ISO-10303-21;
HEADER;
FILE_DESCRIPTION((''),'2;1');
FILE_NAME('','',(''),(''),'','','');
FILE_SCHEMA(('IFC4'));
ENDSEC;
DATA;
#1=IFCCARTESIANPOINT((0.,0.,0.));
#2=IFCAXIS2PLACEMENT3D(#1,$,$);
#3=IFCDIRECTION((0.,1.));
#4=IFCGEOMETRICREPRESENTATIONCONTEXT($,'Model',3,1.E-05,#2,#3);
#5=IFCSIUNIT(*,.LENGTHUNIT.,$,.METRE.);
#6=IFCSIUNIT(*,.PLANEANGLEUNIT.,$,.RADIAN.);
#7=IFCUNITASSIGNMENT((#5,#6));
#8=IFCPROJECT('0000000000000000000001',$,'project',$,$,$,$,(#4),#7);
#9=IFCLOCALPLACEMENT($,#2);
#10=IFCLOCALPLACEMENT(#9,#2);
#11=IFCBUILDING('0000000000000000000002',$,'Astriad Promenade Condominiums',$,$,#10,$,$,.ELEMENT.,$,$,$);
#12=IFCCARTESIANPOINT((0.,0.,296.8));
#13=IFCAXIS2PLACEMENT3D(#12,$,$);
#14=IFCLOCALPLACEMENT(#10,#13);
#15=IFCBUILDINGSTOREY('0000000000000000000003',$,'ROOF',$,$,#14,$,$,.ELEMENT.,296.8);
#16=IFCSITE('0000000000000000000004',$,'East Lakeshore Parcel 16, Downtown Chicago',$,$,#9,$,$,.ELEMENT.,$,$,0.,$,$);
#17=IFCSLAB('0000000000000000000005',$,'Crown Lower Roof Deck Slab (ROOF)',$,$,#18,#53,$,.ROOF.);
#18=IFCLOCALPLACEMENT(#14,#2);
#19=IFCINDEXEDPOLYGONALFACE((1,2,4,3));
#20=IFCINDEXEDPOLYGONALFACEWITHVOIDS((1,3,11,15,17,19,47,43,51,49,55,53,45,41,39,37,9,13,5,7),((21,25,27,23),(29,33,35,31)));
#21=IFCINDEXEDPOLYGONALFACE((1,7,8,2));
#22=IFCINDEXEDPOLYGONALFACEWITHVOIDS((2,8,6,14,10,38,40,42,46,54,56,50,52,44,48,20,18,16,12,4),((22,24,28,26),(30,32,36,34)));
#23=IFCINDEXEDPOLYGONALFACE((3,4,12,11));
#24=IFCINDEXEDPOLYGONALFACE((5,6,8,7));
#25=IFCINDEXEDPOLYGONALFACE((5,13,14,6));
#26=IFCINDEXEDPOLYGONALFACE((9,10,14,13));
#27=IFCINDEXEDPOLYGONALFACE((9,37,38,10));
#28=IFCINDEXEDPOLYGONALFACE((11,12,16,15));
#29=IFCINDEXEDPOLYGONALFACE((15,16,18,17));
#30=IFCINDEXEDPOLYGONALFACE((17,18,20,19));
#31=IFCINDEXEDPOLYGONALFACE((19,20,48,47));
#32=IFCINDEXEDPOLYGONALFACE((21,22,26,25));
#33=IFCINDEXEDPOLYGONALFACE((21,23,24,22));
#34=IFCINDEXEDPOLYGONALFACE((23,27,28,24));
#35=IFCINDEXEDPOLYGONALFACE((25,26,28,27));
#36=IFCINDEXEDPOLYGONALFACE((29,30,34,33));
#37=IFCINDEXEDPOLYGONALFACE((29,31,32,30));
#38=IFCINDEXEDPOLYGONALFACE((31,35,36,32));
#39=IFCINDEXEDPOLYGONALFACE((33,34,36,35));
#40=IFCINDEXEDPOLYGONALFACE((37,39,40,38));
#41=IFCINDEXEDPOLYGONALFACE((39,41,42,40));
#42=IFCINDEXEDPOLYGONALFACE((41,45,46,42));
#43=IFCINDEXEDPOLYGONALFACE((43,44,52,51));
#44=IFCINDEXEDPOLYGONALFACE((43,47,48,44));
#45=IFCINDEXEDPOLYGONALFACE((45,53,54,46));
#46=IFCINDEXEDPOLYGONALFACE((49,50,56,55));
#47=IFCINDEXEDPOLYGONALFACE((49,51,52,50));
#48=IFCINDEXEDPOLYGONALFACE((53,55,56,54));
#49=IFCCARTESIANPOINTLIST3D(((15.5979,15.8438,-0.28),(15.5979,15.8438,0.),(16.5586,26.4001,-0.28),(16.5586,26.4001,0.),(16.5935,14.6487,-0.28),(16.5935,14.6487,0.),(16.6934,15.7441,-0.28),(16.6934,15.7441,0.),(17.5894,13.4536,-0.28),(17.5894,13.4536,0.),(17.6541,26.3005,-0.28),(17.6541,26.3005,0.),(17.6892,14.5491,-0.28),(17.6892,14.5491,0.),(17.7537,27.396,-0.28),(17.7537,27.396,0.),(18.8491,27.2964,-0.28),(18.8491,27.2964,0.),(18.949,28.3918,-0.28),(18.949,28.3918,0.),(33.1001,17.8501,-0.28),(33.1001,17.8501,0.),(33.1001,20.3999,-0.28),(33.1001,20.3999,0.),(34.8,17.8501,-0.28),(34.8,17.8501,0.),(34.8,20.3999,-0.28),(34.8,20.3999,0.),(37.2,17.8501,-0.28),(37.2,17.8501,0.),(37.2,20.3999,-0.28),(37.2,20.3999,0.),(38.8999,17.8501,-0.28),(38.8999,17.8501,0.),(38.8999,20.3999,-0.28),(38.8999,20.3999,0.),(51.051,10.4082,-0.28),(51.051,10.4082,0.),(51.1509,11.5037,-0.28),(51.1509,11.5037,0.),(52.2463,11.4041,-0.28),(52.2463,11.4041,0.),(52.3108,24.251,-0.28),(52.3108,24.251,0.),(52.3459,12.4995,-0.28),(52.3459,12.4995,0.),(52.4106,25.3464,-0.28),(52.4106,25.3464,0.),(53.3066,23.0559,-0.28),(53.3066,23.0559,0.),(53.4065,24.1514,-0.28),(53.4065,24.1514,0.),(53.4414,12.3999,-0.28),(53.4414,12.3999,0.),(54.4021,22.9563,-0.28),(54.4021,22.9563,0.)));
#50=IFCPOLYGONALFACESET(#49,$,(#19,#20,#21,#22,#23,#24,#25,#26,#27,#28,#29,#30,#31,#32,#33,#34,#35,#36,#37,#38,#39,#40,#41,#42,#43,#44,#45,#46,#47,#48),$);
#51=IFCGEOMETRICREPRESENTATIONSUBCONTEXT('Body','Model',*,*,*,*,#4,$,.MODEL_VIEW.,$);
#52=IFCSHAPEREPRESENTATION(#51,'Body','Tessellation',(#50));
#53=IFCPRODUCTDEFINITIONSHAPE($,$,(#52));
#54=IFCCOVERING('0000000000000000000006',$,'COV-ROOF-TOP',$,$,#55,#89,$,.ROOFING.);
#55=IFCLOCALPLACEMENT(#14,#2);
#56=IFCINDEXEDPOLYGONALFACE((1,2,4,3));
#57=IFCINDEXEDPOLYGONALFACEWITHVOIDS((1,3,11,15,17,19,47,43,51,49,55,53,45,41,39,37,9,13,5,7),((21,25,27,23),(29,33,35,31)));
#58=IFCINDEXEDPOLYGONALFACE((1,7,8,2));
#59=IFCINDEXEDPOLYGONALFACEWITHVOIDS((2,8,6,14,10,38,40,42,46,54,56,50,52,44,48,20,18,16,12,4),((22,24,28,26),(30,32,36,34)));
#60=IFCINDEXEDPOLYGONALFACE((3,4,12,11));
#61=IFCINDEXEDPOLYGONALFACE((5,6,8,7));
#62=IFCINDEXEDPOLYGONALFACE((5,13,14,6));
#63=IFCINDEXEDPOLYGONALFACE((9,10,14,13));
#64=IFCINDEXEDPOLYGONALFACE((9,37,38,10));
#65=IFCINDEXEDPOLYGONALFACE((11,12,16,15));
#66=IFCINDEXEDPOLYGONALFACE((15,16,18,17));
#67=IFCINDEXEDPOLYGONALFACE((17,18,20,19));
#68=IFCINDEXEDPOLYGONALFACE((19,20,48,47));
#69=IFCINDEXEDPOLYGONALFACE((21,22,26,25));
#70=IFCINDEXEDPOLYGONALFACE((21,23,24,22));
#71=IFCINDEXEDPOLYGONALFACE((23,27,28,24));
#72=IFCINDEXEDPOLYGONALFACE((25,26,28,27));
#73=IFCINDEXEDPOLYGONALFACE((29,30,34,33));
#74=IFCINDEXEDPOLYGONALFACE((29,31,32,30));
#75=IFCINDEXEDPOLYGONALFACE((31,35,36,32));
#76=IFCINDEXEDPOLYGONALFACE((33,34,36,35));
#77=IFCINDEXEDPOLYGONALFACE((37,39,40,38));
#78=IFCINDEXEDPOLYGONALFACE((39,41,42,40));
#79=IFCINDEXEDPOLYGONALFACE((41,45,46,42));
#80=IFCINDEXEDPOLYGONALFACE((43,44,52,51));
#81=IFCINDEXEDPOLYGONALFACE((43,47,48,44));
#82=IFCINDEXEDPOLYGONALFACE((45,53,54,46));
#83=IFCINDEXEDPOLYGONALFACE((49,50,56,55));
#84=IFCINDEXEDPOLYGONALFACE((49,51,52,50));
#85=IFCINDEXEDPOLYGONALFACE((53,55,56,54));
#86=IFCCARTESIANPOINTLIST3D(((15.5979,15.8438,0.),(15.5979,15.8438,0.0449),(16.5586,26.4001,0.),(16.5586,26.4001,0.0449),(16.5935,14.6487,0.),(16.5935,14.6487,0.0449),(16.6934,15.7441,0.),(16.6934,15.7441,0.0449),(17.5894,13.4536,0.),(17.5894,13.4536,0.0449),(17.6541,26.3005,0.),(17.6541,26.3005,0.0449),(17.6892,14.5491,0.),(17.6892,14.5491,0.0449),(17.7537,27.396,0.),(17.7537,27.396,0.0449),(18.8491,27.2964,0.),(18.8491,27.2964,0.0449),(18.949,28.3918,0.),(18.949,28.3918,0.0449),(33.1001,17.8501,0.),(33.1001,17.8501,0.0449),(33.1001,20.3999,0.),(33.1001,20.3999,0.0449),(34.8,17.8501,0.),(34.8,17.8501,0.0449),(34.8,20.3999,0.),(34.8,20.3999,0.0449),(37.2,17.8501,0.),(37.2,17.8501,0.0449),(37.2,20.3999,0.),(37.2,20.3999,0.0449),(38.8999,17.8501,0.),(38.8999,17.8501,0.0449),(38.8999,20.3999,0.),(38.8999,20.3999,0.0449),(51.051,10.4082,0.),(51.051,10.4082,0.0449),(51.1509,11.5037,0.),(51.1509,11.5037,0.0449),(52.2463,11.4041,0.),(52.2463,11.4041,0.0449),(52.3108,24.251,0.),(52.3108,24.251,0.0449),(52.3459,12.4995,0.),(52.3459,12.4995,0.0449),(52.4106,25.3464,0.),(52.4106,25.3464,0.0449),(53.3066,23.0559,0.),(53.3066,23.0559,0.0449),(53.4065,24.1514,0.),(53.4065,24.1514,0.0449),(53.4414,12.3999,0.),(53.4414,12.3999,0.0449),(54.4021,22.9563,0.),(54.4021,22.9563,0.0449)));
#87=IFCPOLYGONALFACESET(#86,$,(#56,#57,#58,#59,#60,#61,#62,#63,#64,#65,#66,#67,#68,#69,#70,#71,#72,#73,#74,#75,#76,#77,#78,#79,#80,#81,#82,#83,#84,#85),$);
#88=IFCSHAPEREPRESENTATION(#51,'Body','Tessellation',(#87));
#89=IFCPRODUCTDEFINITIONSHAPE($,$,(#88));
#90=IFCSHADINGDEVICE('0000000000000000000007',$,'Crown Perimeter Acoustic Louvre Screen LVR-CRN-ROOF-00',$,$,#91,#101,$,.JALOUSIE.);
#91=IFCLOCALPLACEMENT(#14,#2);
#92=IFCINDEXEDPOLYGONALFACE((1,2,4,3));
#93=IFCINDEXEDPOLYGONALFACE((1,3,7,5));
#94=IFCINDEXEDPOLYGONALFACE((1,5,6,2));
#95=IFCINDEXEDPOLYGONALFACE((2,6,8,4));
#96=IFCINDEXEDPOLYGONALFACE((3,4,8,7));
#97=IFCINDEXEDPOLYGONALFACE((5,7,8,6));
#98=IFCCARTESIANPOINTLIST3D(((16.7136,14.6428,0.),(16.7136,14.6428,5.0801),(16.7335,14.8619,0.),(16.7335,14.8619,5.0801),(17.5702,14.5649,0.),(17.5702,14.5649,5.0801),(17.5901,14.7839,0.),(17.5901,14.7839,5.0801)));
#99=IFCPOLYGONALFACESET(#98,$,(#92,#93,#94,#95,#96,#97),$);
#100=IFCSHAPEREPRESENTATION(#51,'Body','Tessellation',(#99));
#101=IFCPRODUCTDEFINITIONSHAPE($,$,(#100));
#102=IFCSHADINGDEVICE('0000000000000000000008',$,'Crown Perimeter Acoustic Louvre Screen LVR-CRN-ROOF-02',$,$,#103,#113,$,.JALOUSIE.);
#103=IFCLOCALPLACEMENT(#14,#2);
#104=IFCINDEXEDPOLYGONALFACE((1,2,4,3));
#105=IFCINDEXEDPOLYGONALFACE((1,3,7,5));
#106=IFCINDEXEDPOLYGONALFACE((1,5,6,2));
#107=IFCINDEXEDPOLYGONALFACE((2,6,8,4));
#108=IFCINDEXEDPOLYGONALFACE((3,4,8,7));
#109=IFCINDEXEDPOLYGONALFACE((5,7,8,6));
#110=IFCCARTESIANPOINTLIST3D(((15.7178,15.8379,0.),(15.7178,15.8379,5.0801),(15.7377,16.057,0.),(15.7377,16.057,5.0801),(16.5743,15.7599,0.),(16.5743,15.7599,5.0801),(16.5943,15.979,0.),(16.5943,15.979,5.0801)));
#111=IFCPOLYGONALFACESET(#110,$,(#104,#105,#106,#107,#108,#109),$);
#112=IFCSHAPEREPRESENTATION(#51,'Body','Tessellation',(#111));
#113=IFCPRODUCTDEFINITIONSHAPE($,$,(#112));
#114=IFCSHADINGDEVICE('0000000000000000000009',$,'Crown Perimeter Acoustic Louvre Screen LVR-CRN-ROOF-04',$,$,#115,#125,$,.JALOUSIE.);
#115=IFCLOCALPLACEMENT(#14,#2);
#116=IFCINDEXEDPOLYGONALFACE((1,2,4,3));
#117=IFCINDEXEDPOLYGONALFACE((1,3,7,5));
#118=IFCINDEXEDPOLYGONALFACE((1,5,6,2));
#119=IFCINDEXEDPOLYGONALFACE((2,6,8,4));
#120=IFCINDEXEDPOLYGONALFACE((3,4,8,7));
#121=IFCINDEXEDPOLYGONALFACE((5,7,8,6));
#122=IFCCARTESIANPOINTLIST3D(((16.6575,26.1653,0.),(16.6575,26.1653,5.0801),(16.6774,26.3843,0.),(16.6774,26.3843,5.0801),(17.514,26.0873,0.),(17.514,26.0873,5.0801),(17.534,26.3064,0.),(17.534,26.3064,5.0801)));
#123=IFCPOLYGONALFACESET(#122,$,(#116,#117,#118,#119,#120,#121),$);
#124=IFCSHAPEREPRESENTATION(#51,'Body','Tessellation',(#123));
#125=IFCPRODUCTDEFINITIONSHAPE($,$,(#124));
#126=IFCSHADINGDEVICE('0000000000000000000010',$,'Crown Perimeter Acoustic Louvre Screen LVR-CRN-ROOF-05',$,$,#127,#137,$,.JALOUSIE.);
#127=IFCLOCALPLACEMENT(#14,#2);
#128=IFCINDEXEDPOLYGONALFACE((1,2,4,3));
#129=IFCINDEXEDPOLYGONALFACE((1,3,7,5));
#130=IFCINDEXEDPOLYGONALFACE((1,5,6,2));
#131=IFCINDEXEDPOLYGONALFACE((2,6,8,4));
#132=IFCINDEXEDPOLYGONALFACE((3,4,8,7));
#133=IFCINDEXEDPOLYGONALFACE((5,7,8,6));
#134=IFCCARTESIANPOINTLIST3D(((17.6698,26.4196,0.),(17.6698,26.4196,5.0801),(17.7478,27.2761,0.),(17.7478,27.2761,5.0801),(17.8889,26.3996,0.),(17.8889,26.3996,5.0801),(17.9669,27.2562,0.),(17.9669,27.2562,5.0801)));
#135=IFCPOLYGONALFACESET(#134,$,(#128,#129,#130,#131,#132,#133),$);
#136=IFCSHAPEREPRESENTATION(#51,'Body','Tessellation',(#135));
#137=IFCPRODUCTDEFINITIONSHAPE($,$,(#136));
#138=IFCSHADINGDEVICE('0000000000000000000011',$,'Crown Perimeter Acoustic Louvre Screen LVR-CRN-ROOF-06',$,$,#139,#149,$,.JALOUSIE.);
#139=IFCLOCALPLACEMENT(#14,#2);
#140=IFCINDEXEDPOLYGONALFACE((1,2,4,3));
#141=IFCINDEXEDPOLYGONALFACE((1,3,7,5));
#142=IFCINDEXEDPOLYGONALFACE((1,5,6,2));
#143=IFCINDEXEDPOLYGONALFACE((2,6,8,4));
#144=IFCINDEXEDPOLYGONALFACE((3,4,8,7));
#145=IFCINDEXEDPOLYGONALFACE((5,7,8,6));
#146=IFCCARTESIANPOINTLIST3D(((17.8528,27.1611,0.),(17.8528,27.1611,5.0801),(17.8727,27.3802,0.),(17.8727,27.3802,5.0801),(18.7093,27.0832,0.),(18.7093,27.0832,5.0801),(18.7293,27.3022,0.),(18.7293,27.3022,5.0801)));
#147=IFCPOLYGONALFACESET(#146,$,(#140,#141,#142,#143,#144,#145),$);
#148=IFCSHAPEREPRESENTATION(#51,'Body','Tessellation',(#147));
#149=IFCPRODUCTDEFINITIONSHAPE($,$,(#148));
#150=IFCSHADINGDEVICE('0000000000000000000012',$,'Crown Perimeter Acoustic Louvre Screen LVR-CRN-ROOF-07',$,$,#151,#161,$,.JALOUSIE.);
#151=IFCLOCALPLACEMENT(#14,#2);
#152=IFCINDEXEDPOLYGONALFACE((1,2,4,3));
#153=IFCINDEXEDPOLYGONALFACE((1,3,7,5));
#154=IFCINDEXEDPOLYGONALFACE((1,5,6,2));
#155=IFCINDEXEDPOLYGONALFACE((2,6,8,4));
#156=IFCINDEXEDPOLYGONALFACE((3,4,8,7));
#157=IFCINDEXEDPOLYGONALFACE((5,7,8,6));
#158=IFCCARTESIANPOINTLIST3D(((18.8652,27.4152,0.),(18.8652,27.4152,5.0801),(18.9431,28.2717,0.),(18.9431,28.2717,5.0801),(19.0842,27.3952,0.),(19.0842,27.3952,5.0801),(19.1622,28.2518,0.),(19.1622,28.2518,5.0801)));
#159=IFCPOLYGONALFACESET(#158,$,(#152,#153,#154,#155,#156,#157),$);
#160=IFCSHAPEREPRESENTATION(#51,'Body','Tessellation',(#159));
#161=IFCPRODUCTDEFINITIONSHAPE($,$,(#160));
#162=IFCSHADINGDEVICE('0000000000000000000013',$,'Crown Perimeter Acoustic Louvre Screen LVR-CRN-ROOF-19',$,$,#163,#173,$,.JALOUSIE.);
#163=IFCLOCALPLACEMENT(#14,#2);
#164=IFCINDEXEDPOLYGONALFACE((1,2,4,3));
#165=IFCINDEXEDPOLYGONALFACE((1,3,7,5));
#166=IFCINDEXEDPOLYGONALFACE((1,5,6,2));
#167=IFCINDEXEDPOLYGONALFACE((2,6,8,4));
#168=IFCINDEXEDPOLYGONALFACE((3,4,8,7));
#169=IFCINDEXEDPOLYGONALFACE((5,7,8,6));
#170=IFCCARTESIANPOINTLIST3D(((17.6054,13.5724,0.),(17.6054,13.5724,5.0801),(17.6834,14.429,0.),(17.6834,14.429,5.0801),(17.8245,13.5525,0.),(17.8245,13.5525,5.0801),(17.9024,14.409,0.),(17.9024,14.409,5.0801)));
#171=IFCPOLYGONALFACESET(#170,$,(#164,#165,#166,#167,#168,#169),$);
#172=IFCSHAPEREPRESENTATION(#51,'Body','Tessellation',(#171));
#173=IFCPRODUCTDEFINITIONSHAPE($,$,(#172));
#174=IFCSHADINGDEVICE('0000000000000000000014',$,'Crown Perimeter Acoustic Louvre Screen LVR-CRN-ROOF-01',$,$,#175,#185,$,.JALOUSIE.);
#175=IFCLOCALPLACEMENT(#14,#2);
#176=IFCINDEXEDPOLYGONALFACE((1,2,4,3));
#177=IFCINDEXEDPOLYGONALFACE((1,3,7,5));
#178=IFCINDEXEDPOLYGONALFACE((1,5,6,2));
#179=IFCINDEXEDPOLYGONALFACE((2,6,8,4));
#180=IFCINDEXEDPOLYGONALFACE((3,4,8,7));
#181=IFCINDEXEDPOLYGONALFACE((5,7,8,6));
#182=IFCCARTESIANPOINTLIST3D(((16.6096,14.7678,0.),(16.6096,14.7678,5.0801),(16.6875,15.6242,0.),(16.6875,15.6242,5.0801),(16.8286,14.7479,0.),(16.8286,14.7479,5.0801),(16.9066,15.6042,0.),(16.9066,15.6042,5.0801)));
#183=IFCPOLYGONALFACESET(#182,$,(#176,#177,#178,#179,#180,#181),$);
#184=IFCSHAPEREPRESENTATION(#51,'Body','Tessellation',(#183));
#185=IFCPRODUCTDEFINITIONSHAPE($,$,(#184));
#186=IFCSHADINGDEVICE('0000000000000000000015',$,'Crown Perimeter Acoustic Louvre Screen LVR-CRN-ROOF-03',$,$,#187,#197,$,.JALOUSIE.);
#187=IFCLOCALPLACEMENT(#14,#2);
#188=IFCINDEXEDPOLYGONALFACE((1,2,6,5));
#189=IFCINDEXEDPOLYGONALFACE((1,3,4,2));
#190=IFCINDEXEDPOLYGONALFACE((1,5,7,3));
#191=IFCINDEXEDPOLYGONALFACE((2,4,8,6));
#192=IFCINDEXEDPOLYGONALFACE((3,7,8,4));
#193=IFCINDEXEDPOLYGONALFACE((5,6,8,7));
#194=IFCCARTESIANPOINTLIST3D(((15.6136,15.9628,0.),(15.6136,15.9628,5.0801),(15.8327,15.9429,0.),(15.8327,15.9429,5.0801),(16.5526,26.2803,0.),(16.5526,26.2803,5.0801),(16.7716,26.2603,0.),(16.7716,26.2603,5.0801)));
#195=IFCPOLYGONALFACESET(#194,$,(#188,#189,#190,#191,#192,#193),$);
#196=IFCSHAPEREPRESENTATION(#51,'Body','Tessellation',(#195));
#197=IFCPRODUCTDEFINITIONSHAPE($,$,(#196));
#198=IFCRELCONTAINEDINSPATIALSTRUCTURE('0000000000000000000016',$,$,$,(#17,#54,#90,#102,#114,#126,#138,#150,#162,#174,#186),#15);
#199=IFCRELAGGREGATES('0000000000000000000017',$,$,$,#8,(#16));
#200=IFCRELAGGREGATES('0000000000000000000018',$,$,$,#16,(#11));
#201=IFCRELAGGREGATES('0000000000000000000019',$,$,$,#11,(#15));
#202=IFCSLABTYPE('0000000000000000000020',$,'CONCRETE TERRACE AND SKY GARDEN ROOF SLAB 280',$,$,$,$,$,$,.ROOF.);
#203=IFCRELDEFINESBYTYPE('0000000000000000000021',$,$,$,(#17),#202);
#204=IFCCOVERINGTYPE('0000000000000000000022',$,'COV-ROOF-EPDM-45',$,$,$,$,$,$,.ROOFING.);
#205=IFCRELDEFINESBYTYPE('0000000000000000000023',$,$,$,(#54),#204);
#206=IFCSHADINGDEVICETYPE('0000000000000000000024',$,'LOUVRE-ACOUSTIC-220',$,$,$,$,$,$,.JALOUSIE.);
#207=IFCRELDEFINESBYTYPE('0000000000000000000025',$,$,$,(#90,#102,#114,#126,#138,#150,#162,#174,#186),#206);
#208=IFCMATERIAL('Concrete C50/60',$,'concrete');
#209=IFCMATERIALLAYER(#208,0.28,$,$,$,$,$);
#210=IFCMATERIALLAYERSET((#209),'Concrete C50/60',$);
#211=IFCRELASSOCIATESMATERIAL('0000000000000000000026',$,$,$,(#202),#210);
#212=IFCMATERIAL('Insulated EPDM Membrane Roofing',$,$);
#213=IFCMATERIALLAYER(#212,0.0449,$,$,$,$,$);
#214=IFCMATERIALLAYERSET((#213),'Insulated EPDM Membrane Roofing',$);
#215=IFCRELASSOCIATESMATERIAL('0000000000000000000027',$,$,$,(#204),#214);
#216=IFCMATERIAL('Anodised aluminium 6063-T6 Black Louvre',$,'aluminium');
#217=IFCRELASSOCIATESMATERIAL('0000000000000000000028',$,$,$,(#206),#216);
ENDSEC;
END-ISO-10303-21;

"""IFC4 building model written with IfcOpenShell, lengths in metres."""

from ifc_helpers import new_model, si_unit, direction, frame, origin, origin_2d, place, context, subcontext, project, spatial, polyline, rectangle, outline, extrude, source, transform, mapped, material, layer, layer_set, type_object, type_shapes, element, save


model = new_model("IFC4")

# Units and contexts
model_context = context("Model", 3, precision=1e-05, world=origin(), true_north=direction((0.0, 1.0)))
body_context = subcontext(model_context, "Body", "Model", "MODEL_VIEW")
ifc_project = project(units=[si_unit("LENGTHUNIT", "METRE"), si_unit("PLANEANGLEUNIT", "RADIAN")], contexts=[model_context])

# Site, building, storey
site_placement = place(None, origin())
site = spatial("IfcSite", under=ifc_project, at=site_placement, Name="East Lakeshore Parcel 16, Downtown Chicago", CompositionType="ELEMENT", RefElevation=0.0)
building_placement = place(site_placement, origin())
building = spatial("IfcBuilding", under=site, at=building_placement, Name="Astriad Promenade Condominiums", CompositionType="ELEMENT")
storey_placement = place(building_placement, frame((0.0, 0.0, 296.8)))
storey = spatial("IfcBuildingStorey", under=building, at=storey_placement, Name="ROOF", CompositionType="ELEMENT", Elevation=296.8)

# Shared definitions
ifc_material_1 = material(Name="Concrete C50/60", Category="concrete")

# Slab
ifc_layer_1 = layer(ifc_material_1, 0.28)
ifc_layer_set_1 = layer_set([ifc_layer_1], Name="Concrete C50/60")
slab_type_1 = type_object("IfcSlabType", Name="CONCRETE TERRACE AND SKY GARDEN ROOF SLAB 280", PredefinedType="ROOF", material=ifc_layer_set_1)
slab_1_placement = place(storey_placement, frame((0.0, 0.0, -0.28)))
element("IfcSlab", 1, at=slab_1_placement, inside=storey, type_object=slab_type_1, Name="Crown Lower Roof Deck Slab (ROOF)", PredefinedType="ROOF", context=body_context, shape_type="SweptSolid", body=[
    extrude(outline(polyline([(17.5894, 13.4536), (51.051, 10.4082), (51.1509, 11.5037), (52.2463, 11.4041), (52.3459, 12.4995), (53.4414, 12.3999), (54.4021, 22.9563), (53.3066, 23.0559), (53.4065, 24.1514), (52.3108, 24.251), (52.4106, 25.3464), (18.949, 28.3918), (18.8491, 27.2964), (17.7537, 27.396), (17.6541, 26.3005), (16.5586, 26.4001), (15.5979, 15.8438), (16.6934, 15.7441), (16.5935, 14.6487), (17.6892, 14.5491), (17.5894, 13.4536)]), holes=[polyline([(33.1001, 17.8501), (34.8, 17.8501), (34.8, 20.3999), (33.1001, 20.3999), (33.1001, 17.8501)]), polyline([(37.2, 17.8501), (38.8999, 17.8501), (38.8999, 20.3999), (37.2, 20.3999), (37.2, 17.8501)])]), origin(), (0.0, 0.0, 1.0), 0.28),
])

# Covering
ifc_material_2 = material(Name="Insulated EPDM Membrane Roofing")
ifc_layer_2 = layer(ifc_material_2, 0.0449)
ifc_layer_set_2 = layer_set([ifc_layer_2], Name="Insulated EPDM Membrane Roofing")
covering_type = type_object("IfcCoveringType", Name="COV-ROOF-EPDM-45", PredefinedType="ROOFING", material=ifc_layer_set_2)
covering_placement = place(storey_placement, origin())
element("IfcCovering", 2, at=covering_placement, inside=storey, type_object=covering_type, Name="COV-ROOF-TOP", PredefinedType="ROOFING", context=body_context, shape_type="SweptSolid", body=[
    extrude(outline(polyline([(17.5894, 13.4536), (51.051, 10.4082), (51.1509, 11.5037), (52.2463, 11.4041), (52.3459, 12.4995), (53.4414, 12.3999), (54.4021, 22.9563), (53.3066, 23.0559), (53.4065, 24.1514), (52.3108, 24.251), (52.4106, 25.3464), (18.949, 28.3918), (18.8491, 27.2964), (17.7537, 27.396), (17.6541, 26.3005), (16.5586, 26.4001), (15.5979, 15.8438), (16.6934, 15.7441), (16.5935, 14.6487), (17.6892, 14.5491), (17.5894, 13.4536)]), holes=[polyline([(33.1001, 17.8501), (34.8, 17.8501), (34.8, 20.3999), (33.1001, 20.3999), (33.1001, 17.8501)]), polyline([(37.2, 17.8501), (38.8999, 17.8501), (38.8999, 20.3999), (37.2, 20.3999), (37.2, 17.8501)])]), origin(), (0.0, 0.0, 1.0), 0.0449),
])

# Shading devices
ifc_material_3 = material(Name="Anodised aluminium 6063-T6 Black Louvre", Category="aluminium")
shading_device_type = type_object("IfcShadingDeviceType", Name="LOUVRE-ACOUSTIC-220", PredefinedType="JALOUSIE", material=ifc_material_3)
shared_shape_1 = source(origin(), body_context, "Body", "SweptSolid", [
    extrude(rectangle(XDim=0.8601, YDim=0.22, at=origin_2d()), origin(), (0.0, 0.0, 1.0), 5.0801),
])
for number, where, z_axis, x_axis, name in (
    (3, (17.1519, 14.7134, 0.0), (0.0, 0.0, 1.0), (-0.995884, 0.090633, 0.0), "Crown Perimeter Acoustic Louvre Screen LVR-CRN-ROOF-00"),
    (4, (16.156, 15.9084, 0.0), (0.0, 0.0, 1.0), (-0.995884, 0.090633, 0.0), "Crown Perimeter Acoustic Louvre Screen LVR-CRN-ROOF-02"),
    (5, (17.0957, 26.2358, 0.0), (0.0, 0.0, 1.0), (0.995884, -0.090633, 0.0), "Crown Perimeter Acoustic Louvre Screen LVR-CRN-ROOF-04"),
    (6, (17.8184, 26.8379, 0.0), (0.0, 0.0, 1.0), (0.090633, 0.995884, 0.0), "Crown Perimeter Acoustic Louvre Screen LVR-CRN-ROOF-05"),
    (7, (18.291, 27.2317, 0.0), (0.0, 0.0, 1.0), (0.995884, -0.090633, 0.0), "Crown Perimeter Acoustic Louvre Screen LVR-CRN-ROOF-06"),
    (8, (19.0137, 27.8335, 0.0), (0.0, 0.0, 1.0), (0.090633, 0.995884, 0.0), "Crown Perimeter Acoustic Louvre Screen LVR-CRN-ROOF-07"),
    (9, (17.7539, 13.9907, 0.0), (0.0, 0.0, 1.0), (0.090633, 0.995884, 0.0), "Crown Perimeter Acoustic Louvre Screen LVR-CRN-ROOF-19"),
):
    element("IfcShadingDevice", number, at=place(storey_placement, frame(where, z_axis=z_axis, x_axis=x_axis)), inside=storey, type_object=shading_device_type, Name=name, PredefinedType="JALOUSIE", context=body_context, shape_type="MappedRepresentation", body=[
        mapped(shared_shape_1, transform((0.0, 0.0, 0.0), scale=1.0)),
    ])
shared_shape_2 = source(origin(), body_context, "Body", "SweptSolid", [
    extrude(rectangle(XDim=0.8599, YDim=0.22, at=origin_2d()), origin(), (0.0, 0.0, 1.0), 5.0801),
])
shading_device_1_placement = place(storey_placement, frame((16.7581, 15.186, 0.0), z_axis=(0.0, 0.0, 1.0), x_axis=(0.09065, 0.995883, 0.0)))
element("IfcShadingDevice", 10, at=shading_device_1_placement, inside=storey, type_object=shading_device_type, Name="Crown Perimeter Acoustic Louvre Screen LVR-CRN-ROOF-01", PredefinedType="JALOUSIE", context=body_context, shape_type="MappedRepresentation", body=[
    mapped(shared_shape_2, transform((0.0, 0.0, 0.0), scale=1.0)),
])
shared_shape_3 = source(origin(), body_context, "Body", "SweptSolid", [
    extrude(rectangle(XDim=10.3601, YDim=0.22, at=origin_2d()), origin(), (0.0, 0.0, 1.0), 5.0801),
])
type_shapes(shading_device_type, [shared_shape_1, shared_shape_2, shared_shape_3])
shading_device_2_placement = place(storey_placement, frame((16.1926, 21.1116, 0.0), z_axis=(0.0, 0.0, 1.0), x_axis=(0.090633, 0.995884, 0.0)))
element("IfcShadingDevice", 11, at=shading_device_2_placement, inside=storey, type_object=shading_device_type, Name="Crown Perimeter Acoustic Louvre Screen LVR-CRN-ROOF-03", PredefinedType="JALOUSIE", context=body_context, shape_type="MappedRepresentation", body=[
    mapped(shared_shape_3, transform((0.0, 0.0, 0.0), scale=1.0)),
])

save(model, "model.ifc")
